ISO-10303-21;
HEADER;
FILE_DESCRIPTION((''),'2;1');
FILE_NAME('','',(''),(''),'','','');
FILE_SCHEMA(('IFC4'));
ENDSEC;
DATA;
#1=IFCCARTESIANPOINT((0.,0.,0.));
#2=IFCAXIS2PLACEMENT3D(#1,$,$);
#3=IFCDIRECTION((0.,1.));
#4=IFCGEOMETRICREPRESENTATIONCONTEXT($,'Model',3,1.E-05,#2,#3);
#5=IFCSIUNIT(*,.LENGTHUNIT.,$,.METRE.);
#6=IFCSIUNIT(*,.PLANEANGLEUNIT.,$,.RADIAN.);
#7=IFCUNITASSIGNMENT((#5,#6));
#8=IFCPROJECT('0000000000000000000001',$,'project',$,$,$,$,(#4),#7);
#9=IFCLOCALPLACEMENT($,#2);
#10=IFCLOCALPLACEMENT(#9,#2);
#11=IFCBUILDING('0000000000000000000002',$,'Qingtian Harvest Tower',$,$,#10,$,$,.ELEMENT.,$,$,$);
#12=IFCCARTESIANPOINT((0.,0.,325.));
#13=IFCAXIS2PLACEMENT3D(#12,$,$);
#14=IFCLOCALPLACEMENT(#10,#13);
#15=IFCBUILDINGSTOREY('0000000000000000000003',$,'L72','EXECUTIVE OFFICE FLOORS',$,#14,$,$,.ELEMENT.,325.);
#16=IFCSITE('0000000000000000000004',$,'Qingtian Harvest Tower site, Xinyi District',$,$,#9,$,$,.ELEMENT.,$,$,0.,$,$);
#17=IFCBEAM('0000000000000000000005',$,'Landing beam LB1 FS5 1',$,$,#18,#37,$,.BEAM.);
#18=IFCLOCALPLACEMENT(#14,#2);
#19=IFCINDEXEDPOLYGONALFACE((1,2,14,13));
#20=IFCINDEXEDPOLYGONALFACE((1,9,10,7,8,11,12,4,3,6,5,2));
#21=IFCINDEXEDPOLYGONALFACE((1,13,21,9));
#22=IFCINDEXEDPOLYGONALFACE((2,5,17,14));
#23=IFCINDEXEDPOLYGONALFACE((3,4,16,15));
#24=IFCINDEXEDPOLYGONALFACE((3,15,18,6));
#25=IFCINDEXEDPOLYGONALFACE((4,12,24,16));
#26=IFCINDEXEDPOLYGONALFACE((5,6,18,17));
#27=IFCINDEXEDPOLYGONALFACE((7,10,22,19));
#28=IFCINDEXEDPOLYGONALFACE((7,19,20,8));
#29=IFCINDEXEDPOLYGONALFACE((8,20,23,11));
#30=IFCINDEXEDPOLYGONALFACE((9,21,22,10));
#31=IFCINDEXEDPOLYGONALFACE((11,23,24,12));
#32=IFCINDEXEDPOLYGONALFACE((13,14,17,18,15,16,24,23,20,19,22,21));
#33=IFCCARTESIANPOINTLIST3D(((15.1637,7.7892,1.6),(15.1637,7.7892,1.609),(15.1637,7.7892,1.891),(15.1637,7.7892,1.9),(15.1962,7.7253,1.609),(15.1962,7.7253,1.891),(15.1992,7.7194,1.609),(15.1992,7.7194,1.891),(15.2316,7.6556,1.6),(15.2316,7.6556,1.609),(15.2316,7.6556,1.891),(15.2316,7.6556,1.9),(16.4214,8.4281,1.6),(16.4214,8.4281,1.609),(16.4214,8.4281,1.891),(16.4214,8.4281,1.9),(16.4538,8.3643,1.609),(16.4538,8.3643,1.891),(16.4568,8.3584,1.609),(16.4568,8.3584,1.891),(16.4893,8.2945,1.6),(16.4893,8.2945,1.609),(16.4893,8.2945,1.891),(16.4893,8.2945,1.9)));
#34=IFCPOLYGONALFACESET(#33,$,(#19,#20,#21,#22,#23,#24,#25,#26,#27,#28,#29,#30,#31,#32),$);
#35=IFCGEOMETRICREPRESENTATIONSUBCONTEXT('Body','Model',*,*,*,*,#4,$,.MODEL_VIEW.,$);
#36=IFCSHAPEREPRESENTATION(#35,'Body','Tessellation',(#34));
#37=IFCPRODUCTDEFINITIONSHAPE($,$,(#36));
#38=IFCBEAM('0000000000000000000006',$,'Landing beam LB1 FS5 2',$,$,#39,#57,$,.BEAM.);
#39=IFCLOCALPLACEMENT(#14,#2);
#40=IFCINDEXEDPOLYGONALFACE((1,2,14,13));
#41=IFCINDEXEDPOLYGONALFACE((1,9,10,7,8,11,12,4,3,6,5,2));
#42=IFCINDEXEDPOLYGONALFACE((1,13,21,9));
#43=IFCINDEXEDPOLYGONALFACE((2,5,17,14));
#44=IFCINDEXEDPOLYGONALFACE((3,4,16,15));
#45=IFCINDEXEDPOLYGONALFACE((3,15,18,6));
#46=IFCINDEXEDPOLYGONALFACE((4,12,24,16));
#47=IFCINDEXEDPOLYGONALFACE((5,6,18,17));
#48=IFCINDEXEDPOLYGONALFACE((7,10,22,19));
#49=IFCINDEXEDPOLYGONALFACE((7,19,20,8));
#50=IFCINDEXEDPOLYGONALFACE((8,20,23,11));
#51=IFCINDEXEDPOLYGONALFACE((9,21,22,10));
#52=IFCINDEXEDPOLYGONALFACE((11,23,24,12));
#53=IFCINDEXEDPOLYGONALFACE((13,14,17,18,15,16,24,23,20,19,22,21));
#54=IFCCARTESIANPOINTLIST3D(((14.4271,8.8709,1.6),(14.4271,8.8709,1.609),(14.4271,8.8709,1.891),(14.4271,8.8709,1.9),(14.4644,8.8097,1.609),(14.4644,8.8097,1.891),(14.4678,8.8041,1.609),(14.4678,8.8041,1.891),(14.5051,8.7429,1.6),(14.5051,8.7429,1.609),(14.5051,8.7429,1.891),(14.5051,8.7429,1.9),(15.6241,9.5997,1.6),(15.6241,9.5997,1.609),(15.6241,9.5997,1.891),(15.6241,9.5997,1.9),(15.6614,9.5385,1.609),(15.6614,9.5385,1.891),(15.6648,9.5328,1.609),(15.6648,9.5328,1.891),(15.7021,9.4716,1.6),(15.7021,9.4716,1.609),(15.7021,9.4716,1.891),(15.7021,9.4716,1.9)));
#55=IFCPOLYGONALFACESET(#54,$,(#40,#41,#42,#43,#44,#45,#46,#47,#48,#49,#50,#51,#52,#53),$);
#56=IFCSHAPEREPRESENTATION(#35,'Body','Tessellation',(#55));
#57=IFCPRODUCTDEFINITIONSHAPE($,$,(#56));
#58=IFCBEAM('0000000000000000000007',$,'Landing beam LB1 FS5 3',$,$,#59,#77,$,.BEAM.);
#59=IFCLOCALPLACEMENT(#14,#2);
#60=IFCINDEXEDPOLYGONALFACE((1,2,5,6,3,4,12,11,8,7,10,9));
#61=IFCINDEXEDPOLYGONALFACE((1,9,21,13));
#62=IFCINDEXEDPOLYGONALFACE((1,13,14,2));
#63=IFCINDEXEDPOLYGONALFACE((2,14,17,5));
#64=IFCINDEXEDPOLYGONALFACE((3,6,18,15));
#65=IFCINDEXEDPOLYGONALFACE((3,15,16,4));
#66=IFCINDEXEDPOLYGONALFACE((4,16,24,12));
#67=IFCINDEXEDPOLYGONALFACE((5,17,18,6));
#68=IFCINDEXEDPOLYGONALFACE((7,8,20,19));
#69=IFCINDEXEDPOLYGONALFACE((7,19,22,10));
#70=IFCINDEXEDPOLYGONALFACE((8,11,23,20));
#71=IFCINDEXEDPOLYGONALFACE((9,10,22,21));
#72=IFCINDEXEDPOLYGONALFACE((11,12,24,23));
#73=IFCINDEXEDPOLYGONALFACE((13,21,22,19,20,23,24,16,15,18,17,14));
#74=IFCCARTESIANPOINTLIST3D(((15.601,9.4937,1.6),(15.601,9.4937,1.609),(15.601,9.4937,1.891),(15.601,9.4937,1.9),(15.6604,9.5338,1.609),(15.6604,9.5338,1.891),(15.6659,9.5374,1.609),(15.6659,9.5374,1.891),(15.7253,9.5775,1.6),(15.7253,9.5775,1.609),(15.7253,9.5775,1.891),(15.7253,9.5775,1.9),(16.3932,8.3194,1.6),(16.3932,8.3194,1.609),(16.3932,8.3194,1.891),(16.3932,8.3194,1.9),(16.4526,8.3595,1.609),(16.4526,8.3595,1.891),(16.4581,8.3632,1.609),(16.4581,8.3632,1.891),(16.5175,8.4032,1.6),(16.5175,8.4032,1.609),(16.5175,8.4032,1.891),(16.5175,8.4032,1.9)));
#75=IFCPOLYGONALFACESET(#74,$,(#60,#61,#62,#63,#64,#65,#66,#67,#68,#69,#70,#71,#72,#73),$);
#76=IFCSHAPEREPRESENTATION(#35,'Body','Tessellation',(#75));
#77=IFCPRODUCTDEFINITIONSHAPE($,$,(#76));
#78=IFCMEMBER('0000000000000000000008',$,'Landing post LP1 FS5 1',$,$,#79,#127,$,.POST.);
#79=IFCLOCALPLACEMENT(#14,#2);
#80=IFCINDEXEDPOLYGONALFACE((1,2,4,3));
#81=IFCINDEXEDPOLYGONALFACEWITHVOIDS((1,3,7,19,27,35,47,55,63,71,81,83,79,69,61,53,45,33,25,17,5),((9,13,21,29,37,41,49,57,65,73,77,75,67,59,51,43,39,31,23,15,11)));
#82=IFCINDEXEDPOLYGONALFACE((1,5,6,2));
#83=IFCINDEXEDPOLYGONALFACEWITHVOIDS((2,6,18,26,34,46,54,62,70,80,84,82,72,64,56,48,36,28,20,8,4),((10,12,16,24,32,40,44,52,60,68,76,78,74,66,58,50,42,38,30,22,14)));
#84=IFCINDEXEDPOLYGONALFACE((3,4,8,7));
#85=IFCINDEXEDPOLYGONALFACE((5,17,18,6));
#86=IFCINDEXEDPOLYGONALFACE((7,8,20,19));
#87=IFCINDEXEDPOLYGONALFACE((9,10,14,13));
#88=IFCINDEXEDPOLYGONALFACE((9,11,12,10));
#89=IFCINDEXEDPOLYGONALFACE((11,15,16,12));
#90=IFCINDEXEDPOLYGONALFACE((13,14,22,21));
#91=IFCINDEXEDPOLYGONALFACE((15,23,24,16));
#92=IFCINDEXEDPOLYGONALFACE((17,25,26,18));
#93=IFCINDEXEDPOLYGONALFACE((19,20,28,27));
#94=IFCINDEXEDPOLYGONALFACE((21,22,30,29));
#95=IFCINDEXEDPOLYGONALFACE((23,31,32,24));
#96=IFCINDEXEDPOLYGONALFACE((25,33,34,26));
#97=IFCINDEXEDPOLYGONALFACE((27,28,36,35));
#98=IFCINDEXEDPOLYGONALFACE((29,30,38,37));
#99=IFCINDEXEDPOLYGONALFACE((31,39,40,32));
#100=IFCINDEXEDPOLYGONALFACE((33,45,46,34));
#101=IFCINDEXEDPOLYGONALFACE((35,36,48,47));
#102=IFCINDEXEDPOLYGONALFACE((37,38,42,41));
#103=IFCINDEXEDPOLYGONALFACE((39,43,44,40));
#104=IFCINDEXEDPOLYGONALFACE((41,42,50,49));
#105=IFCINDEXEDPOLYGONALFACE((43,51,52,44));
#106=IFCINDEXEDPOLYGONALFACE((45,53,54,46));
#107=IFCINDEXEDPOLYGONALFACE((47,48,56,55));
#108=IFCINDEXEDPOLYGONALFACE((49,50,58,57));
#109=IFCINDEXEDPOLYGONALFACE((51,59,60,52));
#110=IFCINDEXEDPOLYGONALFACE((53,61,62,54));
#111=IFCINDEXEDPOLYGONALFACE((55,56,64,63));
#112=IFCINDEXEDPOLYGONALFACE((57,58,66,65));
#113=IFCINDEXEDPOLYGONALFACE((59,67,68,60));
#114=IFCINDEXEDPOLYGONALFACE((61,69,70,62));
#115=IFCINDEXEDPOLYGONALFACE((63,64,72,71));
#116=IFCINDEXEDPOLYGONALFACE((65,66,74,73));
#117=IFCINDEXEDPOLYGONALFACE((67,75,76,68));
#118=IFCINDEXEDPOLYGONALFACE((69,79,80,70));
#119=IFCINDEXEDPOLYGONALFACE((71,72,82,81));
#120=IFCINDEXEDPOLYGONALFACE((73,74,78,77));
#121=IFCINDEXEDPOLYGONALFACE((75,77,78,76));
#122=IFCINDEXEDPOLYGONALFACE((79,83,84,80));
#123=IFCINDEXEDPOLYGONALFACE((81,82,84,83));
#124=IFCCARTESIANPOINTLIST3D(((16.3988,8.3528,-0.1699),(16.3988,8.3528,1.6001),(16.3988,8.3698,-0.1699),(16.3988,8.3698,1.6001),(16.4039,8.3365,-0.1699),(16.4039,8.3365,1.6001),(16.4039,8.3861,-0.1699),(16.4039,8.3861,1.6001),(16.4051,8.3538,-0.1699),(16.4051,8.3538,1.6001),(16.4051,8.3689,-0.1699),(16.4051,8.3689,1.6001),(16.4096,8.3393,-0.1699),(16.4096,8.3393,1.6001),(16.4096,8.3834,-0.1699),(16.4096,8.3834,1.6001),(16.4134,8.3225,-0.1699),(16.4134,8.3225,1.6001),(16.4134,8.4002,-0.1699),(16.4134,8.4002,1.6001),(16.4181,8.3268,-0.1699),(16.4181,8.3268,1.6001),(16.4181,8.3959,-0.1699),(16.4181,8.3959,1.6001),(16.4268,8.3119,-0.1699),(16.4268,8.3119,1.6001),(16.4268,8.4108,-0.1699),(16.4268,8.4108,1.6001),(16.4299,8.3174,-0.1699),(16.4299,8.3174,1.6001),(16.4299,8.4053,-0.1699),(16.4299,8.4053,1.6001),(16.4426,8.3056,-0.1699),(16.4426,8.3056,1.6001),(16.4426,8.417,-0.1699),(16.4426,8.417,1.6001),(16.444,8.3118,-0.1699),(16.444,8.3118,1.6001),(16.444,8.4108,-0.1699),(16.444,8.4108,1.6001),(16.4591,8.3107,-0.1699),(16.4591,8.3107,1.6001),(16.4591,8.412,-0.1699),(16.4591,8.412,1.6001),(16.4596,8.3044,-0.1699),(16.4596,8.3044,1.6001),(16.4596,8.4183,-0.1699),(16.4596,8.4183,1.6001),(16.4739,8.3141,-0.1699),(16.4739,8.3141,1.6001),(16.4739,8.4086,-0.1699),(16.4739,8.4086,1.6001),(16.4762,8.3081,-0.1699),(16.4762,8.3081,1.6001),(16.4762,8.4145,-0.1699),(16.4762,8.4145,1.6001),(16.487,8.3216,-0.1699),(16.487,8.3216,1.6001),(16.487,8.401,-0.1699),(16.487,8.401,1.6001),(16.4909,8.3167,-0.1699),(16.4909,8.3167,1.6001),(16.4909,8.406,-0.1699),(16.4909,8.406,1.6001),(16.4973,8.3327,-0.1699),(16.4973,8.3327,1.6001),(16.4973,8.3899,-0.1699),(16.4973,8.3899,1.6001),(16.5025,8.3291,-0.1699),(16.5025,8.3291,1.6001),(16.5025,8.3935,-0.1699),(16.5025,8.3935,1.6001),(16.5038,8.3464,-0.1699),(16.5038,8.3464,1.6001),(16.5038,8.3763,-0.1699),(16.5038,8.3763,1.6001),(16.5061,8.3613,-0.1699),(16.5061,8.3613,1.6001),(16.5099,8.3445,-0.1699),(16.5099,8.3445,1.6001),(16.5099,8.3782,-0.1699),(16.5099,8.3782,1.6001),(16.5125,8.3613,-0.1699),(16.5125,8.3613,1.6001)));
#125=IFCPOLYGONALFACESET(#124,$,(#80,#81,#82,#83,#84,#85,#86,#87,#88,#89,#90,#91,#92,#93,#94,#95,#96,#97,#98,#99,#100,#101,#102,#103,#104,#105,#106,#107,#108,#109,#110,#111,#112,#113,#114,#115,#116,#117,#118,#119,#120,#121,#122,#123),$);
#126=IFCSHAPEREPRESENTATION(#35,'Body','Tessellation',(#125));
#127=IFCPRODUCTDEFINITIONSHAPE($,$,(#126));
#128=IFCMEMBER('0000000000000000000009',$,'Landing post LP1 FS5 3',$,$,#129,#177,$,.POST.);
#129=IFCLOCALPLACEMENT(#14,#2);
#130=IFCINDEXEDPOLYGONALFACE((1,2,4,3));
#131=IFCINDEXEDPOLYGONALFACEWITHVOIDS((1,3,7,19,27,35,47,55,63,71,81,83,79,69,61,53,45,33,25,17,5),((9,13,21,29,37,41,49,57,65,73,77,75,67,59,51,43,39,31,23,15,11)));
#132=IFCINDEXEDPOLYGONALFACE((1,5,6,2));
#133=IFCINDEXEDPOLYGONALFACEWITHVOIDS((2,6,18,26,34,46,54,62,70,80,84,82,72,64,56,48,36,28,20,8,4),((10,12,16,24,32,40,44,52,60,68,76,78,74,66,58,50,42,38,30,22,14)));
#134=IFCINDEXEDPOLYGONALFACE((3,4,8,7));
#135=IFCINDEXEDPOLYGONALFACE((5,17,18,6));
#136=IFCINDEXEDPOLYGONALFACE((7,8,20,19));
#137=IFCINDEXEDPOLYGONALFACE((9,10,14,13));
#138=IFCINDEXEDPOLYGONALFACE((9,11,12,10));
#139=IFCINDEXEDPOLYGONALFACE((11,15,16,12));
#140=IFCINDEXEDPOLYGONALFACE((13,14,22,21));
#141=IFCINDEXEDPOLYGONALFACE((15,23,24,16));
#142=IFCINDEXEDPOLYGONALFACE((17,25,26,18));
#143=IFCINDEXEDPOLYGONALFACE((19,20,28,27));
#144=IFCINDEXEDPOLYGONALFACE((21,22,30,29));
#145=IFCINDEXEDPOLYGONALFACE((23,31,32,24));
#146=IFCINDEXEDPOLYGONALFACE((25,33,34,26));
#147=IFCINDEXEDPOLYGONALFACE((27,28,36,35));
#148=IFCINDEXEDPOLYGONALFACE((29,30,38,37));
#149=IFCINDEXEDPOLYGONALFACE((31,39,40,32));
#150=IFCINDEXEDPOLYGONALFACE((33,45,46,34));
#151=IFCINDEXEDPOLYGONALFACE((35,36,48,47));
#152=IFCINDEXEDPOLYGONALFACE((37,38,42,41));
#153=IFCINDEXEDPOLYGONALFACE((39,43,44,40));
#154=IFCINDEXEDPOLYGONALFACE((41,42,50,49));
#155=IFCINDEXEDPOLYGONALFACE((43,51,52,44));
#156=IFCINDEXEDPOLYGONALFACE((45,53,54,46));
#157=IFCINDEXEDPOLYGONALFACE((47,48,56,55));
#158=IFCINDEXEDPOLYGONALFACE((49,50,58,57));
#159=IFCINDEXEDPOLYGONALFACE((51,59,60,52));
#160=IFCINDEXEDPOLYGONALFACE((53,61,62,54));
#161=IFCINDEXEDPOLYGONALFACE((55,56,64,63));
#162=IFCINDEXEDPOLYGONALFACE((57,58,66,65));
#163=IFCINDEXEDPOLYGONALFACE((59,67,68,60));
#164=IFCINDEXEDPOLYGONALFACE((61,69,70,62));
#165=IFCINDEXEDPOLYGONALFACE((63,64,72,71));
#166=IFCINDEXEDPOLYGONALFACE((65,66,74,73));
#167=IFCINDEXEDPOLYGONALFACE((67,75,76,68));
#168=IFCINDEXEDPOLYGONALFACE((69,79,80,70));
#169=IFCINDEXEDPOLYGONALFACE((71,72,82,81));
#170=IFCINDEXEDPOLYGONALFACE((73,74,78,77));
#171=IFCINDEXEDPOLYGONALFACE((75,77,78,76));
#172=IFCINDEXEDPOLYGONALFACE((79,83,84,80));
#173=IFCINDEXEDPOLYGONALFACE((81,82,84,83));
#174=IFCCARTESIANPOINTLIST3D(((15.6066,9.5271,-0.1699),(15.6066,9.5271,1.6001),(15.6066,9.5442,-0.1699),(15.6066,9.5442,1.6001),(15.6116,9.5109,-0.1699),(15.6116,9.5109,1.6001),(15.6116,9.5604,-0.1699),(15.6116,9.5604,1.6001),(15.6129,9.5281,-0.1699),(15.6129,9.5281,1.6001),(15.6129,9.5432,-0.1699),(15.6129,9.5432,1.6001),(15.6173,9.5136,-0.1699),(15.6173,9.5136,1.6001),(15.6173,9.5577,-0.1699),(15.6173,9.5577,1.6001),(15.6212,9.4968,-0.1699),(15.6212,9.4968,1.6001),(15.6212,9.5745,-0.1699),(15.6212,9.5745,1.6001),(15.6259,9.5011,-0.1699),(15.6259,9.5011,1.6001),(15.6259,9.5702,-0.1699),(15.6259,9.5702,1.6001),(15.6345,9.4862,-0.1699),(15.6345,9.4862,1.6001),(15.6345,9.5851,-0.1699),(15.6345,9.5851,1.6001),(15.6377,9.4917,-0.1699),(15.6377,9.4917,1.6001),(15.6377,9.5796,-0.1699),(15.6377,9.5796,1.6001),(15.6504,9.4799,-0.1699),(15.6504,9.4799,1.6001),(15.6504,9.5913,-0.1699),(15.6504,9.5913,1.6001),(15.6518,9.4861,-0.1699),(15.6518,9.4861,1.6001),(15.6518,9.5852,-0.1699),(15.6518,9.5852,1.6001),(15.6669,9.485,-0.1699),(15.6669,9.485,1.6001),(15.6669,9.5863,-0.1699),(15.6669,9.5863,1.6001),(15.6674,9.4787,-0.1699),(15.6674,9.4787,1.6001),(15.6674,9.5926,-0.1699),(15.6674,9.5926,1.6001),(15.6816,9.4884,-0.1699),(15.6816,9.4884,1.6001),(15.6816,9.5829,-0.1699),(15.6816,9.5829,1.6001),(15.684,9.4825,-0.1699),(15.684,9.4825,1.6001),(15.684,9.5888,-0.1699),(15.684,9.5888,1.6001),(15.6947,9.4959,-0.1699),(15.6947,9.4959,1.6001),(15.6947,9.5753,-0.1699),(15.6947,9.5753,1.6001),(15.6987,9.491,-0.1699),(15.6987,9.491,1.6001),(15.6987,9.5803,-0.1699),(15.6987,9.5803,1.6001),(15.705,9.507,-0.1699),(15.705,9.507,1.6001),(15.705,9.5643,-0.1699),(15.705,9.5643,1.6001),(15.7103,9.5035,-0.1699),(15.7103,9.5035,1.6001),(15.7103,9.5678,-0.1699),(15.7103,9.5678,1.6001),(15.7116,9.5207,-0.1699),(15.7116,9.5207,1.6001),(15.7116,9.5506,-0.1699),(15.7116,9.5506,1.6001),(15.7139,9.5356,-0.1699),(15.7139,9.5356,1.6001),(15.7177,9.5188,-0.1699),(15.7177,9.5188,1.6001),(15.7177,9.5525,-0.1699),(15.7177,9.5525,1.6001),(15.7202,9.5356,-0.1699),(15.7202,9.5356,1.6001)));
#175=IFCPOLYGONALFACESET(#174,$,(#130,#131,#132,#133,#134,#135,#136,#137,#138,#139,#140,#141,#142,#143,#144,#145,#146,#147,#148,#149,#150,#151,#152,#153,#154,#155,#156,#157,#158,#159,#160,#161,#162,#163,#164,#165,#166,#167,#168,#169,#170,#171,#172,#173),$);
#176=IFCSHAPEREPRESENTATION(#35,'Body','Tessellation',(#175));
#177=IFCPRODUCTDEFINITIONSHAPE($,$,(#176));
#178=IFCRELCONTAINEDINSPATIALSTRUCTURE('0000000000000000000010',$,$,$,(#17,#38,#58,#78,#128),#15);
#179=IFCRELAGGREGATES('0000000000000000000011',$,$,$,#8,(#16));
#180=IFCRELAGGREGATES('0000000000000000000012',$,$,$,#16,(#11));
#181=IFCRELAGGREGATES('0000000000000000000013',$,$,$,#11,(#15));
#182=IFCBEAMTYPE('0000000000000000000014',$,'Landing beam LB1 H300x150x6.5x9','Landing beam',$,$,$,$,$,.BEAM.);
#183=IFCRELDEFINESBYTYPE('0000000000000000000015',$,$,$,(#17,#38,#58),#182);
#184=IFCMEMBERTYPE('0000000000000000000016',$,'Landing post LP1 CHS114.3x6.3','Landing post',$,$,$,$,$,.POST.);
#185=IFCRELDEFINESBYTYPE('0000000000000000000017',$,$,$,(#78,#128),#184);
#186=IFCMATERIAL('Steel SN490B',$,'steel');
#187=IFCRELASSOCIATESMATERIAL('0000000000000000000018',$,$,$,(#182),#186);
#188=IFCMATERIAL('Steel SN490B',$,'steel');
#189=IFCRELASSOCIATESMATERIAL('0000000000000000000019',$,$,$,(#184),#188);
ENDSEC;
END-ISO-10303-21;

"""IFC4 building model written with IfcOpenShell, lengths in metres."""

from ifc_helpers import new_model, si_unit, direction, frame, origin, origin_2d, place, context, subcontext, project, spatial, hollow_circle, i_section, extrude, material, material_profile, profile_set, type_object, element, save


model = new_model("IFC4")

# Units and contexts
model_context = context("Model", 3, precision=1e-05, world=origin(), true_north=direction((0.0, 1.0)))
body_context = subcontext(model_context, "Body", "Model", "MODEL_VIEW")
ifc_project = project(units=[si_unit("LENGTHUNIT", "METRE"), si_unit("PLANEANGLEUNIT", "RADIAN")], contexts=[model_context])

# Site, building, storey
site_placement = place(None, origin())
site = spatial("IfcSite", under=ifc_project, at=site_placement, Name="Qingtian Harvest Tower site, Xinyi District", CompositionType="ELEMENT", RefElevation=0.0)
building_placement = place(site_placement, origin())
building = spatial("IfcBuilding", under=site, at=building_placement, Name="Qingtian Harvest Tower", CompositionType="ELEMENT")
storey_placement = place(building_placement, frame((0.0, 0.0, 325.0)))
storey = spatial("IfcBuildingStorey", under=building, at=storey_placement, Name="L72", Description="EXECUTIVE OFFICE FLOORS", CompositionType="ELEMENT", Elevation=325.0)

# Beams
ifc_material_1 = material(Name="Steel SN490B", Category="steel")
ifc_material_profile_1 = material_profile(ifc_material_1, i_section(OverallWidth=0.1499, OverallDepth=0.3, WebThickness=0.0066, FlangeThickness=0.009, at=origin_2d()), Name="H300x150x6.5x9")
ifc_profile_set_1 = profile_set([ifc_material_profile_1], Name="Steel SN490B")
beam_type_1 = type_object("IfcBeamType", Name="Landing beam LB1 H300x150x6.5x9", Description="Landing beam", PredefinedType="BEAM", material=ifc_profile_set_1)
beam_1_placement = place(storey_placement, frame((16.4553, 8.3613, 1.75), z_axis=(-0.891536, -0.452951, 0.0), x_axis=(0.452951, -0.891536, 0.0)))
element("IfcBeam", 1, at=beam_1_placement, inside=storey, type_object=beam_type_1, Name="Landing beam LB1 FS5 1", PredefinedType="BEAM", context=body_context, shape_type="SweptSolid", body=[
    extrude(i_section(OverallWidth=0.1499, OverallDepth=0.3, WebThickness=0.0066, FlangeThickness=0.009, at=origin_2d()), origin(), (0.0, 0.0, 1.0), 1.4106),
])
beam_2_placement = place(storey_placement, frame((15.6631, 9.5356, 1.75), z_axis=(-0.854155, -0.520019, 0.0), x_axis=(0.520019, -0.854155, 0.0)))
element("IfcBeam", 2, at=beam_2_placement, inside=storey, type_object=beam_type_1, Name="Landing beam LB1 FS5 2", PredefinedType="BEAM", context=body_context, shape_type="SweptSolid", body=[
    extrude(i_section(OverallWidth=0.1499, OverallDepth=0.3, WebThickness=0.0066, FlangeThickness=0.009, at=origin_2d()), origin(), (0.0, 0.0, 1.0), 1.4014),
])
beam_3_placement = place(storey_placement, frame((16.4553, 8.3613, 1.75), z_axis=(-0.559266, 0.828989, 0.0), x_axis=(-0.828989, -0.559266, 0.0)))
element("IfcBeam", 3, at=beam_3_placement, inside=storey, type_object=beam_type_1, Name="Landing beam LB1 FS5 3", PredefinedType="BEAM", context=body_context, shape_type="SweptSolid", body=[
    extrude(i_section(OverallWidth=0.1499, OverallDepth=0.3, WebThickness=0.0066, FlangeThickness=0.009, at=origin_2d()), origin(), (0.0, 0.0, 1.0), 1.4165),
])

# Members
ifc_material_2 = material(Name="Steel SN490B", Category="steel")
ifc_material_profile_2 = material_profile(ifc_material_2, hollow_circle(Radius=0.0571, WallThickness=0.0063, at=origin_2d()), Name="CHS114.3x6.3")
ifc_profile_set_2 = profile_set([ifc_material_profile_2], Name="Steel SN490B")
member_type_1 = type_object("IfcMemberType", Name="Landing post LP1 CHS114.3x6.3", Description="Landing post", PredefinedType="POST", material=ifc_profile_set_2)
for number, where, z_axis, x_axis, name in (
    (4, (16.4553, 8.3613, -0.1699), (0.0, 0.0, 1.0), (1.0, 0.0, 0.0), "Landing post LP1 FS5 1"),
    (5, (15.6631, 9.5356, -0.1699), (0.0, 0.0, 1.0), (1.0, 0.0, 0.0), "Landing post LP1 FS5 3"),
):
    element("IfcMember", number, at=place(storey_placement, frame(where, z_axis=z_axis, x_axis=x_axis)), inside=storey, type_object=member_type_1, Name=name, PredefinedType="POST", context=body_context, shape_type="SweptSolid", body=[
        extrude(hollow_circle(Radius=0.0571, WallThickness=0.0063, at=origin_2d()), origin(), (0.0, 0.0, 1.0), 1.77),
    ])

save(model, "model.ifc")
